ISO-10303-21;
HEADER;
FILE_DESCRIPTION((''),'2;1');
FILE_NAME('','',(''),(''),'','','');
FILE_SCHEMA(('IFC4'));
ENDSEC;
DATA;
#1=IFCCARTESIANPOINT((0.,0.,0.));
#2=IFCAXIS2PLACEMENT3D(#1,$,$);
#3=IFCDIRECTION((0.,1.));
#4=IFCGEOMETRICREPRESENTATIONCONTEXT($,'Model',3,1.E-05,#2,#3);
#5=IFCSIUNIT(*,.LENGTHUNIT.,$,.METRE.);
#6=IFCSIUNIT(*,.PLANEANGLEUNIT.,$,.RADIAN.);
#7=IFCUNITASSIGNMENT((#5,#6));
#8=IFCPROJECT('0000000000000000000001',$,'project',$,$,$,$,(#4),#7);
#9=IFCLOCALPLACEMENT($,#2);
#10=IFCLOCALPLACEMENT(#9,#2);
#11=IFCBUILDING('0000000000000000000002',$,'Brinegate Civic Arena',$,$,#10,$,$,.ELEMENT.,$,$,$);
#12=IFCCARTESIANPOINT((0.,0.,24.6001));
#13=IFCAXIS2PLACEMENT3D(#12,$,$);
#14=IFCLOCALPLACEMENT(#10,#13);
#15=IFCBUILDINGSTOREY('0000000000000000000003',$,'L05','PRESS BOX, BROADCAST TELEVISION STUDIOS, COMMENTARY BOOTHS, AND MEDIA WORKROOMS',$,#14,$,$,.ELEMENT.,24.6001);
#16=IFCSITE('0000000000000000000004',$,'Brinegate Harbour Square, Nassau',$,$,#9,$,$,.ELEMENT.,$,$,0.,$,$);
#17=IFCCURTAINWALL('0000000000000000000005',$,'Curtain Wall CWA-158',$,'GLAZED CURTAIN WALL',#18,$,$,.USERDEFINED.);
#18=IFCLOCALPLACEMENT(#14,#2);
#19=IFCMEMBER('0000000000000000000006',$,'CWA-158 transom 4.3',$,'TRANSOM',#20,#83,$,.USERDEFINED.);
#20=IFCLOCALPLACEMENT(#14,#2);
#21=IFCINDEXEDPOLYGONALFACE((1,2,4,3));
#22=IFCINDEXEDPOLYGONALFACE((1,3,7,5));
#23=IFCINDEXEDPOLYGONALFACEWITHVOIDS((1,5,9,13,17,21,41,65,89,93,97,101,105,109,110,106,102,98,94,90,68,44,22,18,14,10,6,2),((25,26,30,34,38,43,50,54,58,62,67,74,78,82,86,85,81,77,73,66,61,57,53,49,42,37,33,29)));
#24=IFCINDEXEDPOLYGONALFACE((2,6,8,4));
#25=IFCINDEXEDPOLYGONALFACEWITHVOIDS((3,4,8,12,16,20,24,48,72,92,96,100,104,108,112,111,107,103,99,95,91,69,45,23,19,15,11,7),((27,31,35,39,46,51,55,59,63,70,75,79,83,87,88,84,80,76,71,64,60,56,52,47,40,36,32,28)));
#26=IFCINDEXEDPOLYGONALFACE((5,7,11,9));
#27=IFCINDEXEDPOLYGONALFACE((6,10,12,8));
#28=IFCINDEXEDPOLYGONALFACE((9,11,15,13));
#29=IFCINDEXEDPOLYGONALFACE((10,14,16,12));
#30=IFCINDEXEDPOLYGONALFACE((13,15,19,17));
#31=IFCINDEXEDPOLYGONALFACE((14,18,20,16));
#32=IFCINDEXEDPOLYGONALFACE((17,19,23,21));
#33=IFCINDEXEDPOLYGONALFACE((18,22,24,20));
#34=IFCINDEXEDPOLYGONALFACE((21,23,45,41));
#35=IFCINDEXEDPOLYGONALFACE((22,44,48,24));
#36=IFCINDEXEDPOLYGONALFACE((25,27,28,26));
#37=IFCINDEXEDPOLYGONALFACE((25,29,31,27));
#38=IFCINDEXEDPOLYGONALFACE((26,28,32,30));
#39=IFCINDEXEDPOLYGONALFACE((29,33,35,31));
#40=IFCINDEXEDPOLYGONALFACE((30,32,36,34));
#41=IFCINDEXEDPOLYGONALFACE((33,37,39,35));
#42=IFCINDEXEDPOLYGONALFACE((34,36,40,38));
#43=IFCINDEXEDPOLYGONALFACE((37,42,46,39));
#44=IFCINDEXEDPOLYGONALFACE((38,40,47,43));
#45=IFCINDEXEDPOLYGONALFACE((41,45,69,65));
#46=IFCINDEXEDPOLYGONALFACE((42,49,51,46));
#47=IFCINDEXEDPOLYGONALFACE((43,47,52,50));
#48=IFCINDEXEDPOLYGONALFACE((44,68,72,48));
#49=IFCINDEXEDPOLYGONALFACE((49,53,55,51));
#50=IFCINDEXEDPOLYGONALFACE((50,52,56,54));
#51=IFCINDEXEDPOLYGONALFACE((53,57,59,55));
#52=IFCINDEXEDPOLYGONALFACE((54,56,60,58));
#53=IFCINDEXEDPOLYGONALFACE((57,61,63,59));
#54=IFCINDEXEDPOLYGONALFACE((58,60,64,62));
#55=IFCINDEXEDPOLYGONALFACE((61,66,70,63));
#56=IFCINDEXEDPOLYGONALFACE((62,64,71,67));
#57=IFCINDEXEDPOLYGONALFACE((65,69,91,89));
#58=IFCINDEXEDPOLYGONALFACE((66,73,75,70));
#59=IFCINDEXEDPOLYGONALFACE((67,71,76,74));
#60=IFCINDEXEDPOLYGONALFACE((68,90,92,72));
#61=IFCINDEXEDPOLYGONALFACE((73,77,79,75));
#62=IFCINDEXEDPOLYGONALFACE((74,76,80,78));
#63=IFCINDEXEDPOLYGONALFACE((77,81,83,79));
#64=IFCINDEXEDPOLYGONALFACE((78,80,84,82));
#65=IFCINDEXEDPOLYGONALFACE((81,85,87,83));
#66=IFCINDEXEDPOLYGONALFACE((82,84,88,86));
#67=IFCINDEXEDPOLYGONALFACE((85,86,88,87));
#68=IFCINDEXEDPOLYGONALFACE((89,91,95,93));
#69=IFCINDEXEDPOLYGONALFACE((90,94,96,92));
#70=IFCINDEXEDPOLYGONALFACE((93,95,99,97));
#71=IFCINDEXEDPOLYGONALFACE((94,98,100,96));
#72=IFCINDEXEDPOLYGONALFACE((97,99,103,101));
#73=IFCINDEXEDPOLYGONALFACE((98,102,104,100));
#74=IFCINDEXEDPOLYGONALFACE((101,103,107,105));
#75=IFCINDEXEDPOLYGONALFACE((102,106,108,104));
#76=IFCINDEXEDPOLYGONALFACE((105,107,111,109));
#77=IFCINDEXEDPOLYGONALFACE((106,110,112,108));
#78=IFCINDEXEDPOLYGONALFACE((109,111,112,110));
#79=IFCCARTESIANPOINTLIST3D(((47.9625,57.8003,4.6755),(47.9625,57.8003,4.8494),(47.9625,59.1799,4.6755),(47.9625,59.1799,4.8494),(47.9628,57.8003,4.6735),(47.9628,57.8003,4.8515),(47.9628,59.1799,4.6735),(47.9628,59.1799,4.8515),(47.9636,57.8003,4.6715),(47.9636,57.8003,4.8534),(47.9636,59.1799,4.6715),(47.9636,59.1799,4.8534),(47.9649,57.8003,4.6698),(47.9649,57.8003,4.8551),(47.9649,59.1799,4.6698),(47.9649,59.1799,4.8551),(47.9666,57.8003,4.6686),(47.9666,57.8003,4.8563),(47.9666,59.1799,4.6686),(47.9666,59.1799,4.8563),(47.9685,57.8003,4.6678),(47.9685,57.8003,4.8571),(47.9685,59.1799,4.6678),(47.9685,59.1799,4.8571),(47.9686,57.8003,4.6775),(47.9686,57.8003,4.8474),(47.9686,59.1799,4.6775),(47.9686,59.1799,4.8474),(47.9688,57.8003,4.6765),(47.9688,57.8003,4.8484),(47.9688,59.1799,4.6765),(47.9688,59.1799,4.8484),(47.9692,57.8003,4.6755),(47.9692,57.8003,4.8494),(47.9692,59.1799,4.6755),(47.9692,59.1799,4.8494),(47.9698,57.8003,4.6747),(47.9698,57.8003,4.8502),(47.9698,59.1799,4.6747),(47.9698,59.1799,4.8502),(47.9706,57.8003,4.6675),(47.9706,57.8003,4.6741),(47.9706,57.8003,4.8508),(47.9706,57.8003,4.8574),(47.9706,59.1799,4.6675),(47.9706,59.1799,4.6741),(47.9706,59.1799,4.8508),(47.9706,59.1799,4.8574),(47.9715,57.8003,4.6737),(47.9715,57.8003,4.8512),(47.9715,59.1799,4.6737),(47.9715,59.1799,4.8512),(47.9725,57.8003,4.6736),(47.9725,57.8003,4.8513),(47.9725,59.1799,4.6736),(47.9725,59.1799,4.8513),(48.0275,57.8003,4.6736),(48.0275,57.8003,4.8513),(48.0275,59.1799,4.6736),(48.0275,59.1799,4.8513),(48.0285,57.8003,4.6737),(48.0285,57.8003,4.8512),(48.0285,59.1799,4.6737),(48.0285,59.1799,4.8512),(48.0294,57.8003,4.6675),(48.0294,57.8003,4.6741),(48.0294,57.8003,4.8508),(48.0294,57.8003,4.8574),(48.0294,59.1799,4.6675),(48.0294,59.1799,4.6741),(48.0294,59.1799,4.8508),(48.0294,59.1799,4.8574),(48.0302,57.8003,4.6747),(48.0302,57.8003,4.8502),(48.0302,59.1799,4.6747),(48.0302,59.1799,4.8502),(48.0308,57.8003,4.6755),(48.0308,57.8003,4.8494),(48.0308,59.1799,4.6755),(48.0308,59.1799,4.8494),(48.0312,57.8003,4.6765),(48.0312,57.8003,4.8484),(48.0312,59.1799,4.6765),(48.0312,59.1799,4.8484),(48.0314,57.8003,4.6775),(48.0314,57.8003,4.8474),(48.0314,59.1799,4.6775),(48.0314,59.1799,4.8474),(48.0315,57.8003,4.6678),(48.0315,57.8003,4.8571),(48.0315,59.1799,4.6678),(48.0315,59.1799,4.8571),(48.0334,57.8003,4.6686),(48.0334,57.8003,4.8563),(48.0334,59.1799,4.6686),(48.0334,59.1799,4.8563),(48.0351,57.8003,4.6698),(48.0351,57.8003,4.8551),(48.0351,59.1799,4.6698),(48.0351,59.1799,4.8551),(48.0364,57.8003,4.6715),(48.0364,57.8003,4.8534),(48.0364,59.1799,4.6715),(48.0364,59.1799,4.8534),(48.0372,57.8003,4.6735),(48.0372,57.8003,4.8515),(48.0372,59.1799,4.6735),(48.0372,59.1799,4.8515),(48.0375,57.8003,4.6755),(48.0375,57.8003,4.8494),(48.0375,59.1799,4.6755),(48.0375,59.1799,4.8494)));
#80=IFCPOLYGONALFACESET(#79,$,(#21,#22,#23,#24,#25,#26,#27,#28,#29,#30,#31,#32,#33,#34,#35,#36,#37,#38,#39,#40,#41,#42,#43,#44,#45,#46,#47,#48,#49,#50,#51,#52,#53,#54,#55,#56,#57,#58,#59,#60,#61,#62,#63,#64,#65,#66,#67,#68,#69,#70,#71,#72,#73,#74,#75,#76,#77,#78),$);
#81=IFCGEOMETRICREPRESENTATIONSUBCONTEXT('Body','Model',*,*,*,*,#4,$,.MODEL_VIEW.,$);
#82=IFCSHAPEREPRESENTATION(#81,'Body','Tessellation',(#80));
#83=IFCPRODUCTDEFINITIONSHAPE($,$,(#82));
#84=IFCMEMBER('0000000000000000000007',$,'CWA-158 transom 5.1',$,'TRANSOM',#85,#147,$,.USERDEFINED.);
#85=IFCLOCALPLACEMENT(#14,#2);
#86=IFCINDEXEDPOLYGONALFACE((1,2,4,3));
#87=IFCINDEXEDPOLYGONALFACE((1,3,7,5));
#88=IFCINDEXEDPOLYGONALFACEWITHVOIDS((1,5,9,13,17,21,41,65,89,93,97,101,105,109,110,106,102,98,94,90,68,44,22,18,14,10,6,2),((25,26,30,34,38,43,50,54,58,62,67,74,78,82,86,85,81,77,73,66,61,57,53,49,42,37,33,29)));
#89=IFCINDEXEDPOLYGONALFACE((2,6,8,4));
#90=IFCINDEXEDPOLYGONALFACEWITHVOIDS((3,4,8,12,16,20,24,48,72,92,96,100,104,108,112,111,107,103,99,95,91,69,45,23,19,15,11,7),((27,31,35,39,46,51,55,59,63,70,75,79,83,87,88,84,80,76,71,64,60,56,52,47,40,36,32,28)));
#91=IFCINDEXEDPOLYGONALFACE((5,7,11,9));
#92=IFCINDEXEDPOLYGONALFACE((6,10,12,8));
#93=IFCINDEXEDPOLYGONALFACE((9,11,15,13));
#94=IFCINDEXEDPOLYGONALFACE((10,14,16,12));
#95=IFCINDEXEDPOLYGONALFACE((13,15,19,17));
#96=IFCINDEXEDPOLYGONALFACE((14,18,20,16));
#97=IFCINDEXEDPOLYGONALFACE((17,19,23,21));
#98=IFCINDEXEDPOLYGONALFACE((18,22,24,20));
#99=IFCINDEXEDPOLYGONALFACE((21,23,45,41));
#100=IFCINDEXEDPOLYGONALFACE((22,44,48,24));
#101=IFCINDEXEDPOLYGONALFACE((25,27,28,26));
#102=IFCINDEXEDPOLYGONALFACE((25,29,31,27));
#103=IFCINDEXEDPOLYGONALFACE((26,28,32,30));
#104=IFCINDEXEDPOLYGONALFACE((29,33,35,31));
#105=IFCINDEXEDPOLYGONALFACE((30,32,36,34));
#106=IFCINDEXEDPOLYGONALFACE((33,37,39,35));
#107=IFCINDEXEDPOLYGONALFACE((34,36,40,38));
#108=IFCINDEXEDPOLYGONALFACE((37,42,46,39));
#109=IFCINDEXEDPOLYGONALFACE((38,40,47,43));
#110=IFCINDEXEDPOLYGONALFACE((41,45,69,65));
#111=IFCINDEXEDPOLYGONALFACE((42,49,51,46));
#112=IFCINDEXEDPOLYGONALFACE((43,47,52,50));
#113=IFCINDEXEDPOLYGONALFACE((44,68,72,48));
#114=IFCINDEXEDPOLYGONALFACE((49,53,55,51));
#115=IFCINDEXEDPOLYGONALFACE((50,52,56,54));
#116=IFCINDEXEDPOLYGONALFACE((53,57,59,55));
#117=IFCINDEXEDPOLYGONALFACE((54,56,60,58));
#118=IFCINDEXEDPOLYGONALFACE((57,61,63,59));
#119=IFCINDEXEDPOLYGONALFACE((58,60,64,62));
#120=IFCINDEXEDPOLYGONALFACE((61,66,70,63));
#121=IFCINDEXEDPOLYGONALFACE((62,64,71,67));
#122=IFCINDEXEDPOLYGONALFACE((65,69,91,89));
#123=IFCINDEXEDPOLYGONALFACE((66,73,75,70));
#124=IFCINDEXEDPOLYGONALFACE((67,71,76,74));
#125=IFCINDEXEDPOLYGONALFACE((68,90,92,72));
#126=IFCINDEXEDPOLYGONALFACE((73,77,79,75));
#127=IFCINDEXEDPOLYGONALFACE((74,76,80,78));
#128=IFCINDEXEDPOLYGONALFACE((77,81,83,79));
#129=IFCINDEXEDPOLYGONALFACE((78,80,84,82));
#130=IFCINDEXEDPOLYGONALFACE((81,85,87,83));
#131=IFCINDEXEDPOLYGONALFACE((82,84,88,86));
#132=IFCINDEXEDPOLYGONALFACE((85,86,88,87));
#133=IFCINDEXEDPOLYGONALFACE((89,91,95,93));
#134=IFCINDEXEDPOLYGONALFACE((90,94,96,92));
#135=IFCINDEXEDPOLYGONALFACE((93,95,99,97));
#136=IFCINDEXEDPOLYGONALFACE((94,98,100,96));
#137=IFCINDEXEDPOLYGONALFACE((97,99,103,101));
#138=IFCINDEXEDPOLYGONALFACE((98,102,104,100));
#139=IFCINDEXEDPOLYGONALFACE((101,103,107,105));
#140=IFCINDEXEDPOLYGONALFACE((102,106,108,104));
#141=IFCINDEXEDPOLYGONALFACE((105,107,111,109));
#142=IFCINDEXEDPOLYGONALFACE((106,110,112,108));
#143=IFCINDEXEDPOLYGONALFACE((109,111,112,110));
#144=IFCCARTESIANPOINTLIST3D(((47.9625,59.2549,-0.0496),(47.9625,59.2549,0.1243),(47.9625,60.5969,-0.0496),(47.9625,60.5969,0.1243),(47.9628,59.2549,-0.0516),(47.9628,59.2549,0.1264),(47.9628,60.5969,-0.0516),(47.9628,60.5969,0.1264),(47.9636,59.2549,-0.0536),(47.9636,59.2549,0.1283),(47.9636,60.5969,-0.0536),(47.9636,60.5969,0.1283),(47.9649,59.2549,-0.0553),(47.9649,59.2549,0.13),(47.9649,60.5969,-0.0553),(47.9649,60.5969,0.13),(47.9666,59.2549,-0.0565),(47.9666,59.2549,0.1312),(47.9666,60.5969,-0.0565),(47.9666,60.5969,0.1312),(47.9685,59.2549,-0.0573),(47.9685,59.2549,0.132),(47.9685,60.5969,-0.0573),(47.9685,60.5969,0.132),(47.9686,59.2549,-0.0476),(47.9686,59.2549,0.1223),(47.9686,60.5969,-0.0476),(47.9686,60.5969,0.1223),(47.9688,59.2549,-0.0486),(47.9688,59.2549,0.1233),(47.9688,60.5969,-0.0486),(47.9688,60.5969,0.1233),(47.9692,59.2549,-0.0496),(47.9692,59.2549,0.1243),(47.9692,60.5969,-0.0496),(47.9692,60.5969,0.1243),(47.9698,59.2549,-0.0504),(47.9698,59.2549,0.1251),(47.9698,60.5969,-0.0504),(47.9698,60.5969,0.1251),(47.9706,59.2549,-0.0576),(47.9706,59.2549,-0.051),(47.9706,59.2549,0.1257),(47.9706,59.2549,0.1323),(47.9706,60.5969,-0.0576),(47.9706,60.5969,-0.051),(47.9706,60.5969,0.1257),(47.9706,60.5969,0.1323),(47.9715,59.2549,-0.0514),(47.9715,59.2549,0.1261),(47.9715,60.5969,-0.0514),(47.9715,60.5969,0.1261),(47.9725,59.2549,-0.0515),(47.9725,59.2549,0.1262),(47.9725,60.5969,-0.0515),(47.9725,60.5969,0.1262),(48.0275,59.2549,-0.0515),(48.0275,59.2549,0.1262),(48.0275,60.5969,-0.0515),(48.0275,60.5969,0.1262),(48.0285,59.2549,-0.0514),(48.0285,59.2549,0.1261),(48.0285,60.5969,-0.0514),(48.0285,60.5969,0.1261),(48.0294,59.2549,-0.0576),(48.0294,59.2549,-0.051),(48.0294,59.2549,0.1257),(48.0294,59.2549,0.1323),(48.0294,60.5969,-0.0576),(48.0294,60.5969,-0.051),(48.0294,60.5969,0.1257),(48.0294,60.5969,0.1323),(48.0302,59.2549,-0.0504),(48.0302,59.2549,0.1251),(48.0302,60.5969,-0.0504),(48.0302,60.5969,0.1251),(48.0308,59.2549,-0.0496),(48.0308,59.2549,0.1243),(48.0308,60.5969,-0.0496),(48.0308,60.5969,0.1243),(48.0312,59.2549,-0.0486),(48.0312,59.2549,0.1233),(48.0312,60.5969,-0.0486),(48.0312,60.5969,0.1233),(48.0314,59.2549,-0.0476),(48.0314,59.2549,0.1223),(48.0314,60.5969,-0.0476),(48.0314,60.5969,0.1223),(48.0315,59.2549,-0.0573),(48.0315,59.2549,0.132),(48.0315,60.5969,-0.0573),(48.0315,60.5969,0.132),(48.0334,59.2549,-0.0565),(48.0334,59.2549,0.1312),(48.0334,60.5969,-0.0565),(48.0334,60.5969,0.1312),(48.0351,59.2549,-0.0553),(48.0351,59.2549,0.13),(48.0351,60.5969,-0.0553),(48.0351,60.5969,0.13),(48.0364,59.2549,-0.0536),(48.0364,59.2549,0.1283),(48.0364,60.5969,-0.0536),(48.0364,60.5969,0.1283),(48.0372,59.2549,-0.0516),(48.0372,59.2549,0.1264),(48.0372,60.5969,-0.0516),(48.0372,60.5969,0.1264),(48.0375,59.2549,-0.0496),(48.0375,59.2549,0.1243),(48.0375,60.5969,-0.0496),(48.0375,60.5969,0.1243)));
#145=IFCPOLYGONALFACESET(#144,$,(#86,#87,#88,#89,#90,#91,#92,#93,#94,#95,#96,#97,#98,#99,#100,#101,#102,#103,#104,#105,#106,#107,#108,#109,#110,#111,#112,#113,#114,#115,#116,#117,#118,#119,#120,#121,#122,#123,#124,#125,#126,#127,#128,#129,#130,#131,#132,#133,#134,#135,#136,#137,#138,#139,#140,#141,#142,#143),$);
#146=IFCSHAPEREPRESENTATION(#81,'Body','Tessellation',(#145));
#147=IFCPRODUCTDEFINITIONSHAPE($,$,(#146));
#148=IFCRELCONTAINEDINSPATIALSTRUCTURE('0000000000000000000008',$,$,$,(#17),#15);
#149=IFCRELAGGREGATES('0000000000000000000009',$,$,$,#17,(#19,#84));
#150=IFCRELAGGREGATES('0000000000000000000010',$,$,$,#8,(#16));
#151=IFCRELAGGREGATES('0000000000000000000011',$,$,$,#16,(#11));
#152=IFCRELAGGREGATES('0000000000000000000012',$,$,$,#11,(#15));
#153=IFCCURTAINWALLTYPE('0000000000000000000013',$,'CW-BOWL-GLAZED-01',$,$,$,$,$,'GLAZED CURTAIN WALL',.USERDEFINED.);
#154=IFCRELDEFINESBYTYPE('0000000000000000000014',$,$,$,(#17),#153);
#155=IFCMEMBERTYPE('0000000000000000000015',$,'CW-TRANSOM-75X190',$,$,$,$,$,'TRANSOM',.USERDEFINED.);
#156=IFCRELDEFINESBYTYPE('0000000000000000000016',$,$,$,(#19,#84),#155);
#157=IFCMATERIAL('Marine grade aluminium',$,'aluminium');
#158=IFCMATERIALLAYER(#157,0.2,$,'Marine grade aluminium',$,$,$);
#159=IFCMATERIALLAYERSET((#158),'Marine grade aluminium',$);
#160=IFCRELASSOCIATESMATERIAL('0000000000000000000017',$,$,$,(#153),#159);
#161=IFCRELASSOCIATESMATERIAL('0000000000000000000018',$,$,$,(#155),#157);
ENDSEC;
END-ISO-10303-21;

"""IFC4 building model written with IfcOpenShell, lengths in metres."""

from ifc_helpers import new_model, si_unit, direction, frame, origin, origin_2d, place, context, subcontext, project, spatial, hollow_rectangle, extrude, material, layer, layer_set, material_profile, profile_set, type_object, element, aggregate, save


model = new_model("IFC4")

# Units and contexts
model_context = context("Model", 3, precision=1e-05, world=origin(), true_north=direction((0.0, 1.0)))
body_context = subcontext(model_context, "Body", "Model", "MODEL_VIEW")
ifc_project = project(units=[si_unit("LENGTHUNIT", "METRE"), si_unit("PLANEANGLEUNIT", "RADIAN")], contexts=[model_context])

# Site, building, storey
site_placement = place(None, origin())
site = spatial("IfcSite", under=ifc_project, at=site_placement, Name="Brinegate Harbour Square, Nassau", CompositionType="ELEMENT", RefElevation=0.0)
building_placement = place(site_placement, origin())
building = spatial("IfcBuilding", under=site, at=building_placement, Name="Brinegate Civic Arena", CompositionType="ELEMENT")
storey_placement = place(building_placement, frame((0.0, 0.0, 24.6001)))
storey = spatial("IfcBuildingStorey", under=building, at=storey_placement, Name="L05", Description="PRESS BOX, BROADCAST TELEVISION STUDIOS, COMMENTARY BOOTHS, AND MEDIA WORKROOMS", CompositionType="ELEMENT", Elevation=24.6001)

# Curtain wall, members
ifc_material_1 = material(Name="Marine grade aluminium", Category="aluminium")
ifc_layer_1 = layer(ifc_material_1, 0.2, Name="Marine grade aluminium")
ifc_layer_set_1 = layer_set([ifc_layer_1], Name="Marine grade aluminium")
curtain_wall_type = type_object("IfcCurtainWallType", Name="CW-BOWL-GLAZED-01", ElementType="GLAZED CURTAIN WALL", PredefinedType="USERDEFINED", material=ifc_layer_set_1)
curtain_wall_placement = place(storey_placement, origin())
curtain_wall = element("IfcCurtainWall", 1, at=curtain_wall_placement, inside=storey, type_object=curtain_wall_type, Name="Curtain Wall CWA-158", ObjectType="GLAZED CURTAIN WALL", PredefinedType="USERDEFINED")
ifc_material_profile_1 = material_profile(ifc_material_1, hollow_rectangle(XDim=0.075, YDim=0.1899, WallThickness=0.0061, InnerFilletRadius=0.0039, OuterFilletRadius=0.0081, at=origin_2d()), Name="TRN75X190")
ifc_profile_set_1 = profile_set([ifc_material_profile_1], Name="Marine grade aluminium")
member_type_1 = type_object("IfcMemberType", Name="CW-TRANSOM-75X190", ElementType="TRANSOM", PredefinedType="USERDEFINED", material=ifc_profile_set_1)
member_1_placement = place(storey_placement, frame((48.0, 57.8003, 4.7625), z_axis=(0.0, 1.0, 0.0), x_axis=(-1.0, 0.0, 0.0)))
member_1 = element("IfcMember", 2, at=member_1_placement, type_object=member_type_1, Name="CWA-158 transom 4.3", ObjectType="TRANSOM", PredefinedType="USERDEFINED", context=body_context, shape_type="SweptSolid", body=[
    extrude(hollow_rectangle(XDim=0.075, YDim=0.1899, WallThickness=0.0061, InnerFilletRadius=0.0039, OuterFilletRadius=0.0081, at=origin_2d()), origin(), (0.0, 0.0, 1.0), 1.3796),
])
member_2_placement = place(storey_placement, frame((48.0, 59.2549, 0.0374), z_axis=(0.0, 1.0, 0.0), x_axis=(-1.0, 0.0, 0.0)))
member_2 = element("IfcMember", 3, at=member_2_placement, type_object=member_type_1, Name="CWA-158 transom 5.1", ObjectType="TRANSOM", PredefinedType="USERDEFINED", context=body_context, shape_type="SweptSolid", body=[
    extrude(hollow_rectangle(XDim=0.075, YDim=0.1899, WallThickness=0.0061, InnerFilletRadius=0.0039, OuterFilletRadius=0.0081, at=origin_2d()), origin(), (0.0, 0.0, 1.0), 1.342),
])

aggregate(curtain_wall, [member_1, member_2])

save(model, "model.ifc")
